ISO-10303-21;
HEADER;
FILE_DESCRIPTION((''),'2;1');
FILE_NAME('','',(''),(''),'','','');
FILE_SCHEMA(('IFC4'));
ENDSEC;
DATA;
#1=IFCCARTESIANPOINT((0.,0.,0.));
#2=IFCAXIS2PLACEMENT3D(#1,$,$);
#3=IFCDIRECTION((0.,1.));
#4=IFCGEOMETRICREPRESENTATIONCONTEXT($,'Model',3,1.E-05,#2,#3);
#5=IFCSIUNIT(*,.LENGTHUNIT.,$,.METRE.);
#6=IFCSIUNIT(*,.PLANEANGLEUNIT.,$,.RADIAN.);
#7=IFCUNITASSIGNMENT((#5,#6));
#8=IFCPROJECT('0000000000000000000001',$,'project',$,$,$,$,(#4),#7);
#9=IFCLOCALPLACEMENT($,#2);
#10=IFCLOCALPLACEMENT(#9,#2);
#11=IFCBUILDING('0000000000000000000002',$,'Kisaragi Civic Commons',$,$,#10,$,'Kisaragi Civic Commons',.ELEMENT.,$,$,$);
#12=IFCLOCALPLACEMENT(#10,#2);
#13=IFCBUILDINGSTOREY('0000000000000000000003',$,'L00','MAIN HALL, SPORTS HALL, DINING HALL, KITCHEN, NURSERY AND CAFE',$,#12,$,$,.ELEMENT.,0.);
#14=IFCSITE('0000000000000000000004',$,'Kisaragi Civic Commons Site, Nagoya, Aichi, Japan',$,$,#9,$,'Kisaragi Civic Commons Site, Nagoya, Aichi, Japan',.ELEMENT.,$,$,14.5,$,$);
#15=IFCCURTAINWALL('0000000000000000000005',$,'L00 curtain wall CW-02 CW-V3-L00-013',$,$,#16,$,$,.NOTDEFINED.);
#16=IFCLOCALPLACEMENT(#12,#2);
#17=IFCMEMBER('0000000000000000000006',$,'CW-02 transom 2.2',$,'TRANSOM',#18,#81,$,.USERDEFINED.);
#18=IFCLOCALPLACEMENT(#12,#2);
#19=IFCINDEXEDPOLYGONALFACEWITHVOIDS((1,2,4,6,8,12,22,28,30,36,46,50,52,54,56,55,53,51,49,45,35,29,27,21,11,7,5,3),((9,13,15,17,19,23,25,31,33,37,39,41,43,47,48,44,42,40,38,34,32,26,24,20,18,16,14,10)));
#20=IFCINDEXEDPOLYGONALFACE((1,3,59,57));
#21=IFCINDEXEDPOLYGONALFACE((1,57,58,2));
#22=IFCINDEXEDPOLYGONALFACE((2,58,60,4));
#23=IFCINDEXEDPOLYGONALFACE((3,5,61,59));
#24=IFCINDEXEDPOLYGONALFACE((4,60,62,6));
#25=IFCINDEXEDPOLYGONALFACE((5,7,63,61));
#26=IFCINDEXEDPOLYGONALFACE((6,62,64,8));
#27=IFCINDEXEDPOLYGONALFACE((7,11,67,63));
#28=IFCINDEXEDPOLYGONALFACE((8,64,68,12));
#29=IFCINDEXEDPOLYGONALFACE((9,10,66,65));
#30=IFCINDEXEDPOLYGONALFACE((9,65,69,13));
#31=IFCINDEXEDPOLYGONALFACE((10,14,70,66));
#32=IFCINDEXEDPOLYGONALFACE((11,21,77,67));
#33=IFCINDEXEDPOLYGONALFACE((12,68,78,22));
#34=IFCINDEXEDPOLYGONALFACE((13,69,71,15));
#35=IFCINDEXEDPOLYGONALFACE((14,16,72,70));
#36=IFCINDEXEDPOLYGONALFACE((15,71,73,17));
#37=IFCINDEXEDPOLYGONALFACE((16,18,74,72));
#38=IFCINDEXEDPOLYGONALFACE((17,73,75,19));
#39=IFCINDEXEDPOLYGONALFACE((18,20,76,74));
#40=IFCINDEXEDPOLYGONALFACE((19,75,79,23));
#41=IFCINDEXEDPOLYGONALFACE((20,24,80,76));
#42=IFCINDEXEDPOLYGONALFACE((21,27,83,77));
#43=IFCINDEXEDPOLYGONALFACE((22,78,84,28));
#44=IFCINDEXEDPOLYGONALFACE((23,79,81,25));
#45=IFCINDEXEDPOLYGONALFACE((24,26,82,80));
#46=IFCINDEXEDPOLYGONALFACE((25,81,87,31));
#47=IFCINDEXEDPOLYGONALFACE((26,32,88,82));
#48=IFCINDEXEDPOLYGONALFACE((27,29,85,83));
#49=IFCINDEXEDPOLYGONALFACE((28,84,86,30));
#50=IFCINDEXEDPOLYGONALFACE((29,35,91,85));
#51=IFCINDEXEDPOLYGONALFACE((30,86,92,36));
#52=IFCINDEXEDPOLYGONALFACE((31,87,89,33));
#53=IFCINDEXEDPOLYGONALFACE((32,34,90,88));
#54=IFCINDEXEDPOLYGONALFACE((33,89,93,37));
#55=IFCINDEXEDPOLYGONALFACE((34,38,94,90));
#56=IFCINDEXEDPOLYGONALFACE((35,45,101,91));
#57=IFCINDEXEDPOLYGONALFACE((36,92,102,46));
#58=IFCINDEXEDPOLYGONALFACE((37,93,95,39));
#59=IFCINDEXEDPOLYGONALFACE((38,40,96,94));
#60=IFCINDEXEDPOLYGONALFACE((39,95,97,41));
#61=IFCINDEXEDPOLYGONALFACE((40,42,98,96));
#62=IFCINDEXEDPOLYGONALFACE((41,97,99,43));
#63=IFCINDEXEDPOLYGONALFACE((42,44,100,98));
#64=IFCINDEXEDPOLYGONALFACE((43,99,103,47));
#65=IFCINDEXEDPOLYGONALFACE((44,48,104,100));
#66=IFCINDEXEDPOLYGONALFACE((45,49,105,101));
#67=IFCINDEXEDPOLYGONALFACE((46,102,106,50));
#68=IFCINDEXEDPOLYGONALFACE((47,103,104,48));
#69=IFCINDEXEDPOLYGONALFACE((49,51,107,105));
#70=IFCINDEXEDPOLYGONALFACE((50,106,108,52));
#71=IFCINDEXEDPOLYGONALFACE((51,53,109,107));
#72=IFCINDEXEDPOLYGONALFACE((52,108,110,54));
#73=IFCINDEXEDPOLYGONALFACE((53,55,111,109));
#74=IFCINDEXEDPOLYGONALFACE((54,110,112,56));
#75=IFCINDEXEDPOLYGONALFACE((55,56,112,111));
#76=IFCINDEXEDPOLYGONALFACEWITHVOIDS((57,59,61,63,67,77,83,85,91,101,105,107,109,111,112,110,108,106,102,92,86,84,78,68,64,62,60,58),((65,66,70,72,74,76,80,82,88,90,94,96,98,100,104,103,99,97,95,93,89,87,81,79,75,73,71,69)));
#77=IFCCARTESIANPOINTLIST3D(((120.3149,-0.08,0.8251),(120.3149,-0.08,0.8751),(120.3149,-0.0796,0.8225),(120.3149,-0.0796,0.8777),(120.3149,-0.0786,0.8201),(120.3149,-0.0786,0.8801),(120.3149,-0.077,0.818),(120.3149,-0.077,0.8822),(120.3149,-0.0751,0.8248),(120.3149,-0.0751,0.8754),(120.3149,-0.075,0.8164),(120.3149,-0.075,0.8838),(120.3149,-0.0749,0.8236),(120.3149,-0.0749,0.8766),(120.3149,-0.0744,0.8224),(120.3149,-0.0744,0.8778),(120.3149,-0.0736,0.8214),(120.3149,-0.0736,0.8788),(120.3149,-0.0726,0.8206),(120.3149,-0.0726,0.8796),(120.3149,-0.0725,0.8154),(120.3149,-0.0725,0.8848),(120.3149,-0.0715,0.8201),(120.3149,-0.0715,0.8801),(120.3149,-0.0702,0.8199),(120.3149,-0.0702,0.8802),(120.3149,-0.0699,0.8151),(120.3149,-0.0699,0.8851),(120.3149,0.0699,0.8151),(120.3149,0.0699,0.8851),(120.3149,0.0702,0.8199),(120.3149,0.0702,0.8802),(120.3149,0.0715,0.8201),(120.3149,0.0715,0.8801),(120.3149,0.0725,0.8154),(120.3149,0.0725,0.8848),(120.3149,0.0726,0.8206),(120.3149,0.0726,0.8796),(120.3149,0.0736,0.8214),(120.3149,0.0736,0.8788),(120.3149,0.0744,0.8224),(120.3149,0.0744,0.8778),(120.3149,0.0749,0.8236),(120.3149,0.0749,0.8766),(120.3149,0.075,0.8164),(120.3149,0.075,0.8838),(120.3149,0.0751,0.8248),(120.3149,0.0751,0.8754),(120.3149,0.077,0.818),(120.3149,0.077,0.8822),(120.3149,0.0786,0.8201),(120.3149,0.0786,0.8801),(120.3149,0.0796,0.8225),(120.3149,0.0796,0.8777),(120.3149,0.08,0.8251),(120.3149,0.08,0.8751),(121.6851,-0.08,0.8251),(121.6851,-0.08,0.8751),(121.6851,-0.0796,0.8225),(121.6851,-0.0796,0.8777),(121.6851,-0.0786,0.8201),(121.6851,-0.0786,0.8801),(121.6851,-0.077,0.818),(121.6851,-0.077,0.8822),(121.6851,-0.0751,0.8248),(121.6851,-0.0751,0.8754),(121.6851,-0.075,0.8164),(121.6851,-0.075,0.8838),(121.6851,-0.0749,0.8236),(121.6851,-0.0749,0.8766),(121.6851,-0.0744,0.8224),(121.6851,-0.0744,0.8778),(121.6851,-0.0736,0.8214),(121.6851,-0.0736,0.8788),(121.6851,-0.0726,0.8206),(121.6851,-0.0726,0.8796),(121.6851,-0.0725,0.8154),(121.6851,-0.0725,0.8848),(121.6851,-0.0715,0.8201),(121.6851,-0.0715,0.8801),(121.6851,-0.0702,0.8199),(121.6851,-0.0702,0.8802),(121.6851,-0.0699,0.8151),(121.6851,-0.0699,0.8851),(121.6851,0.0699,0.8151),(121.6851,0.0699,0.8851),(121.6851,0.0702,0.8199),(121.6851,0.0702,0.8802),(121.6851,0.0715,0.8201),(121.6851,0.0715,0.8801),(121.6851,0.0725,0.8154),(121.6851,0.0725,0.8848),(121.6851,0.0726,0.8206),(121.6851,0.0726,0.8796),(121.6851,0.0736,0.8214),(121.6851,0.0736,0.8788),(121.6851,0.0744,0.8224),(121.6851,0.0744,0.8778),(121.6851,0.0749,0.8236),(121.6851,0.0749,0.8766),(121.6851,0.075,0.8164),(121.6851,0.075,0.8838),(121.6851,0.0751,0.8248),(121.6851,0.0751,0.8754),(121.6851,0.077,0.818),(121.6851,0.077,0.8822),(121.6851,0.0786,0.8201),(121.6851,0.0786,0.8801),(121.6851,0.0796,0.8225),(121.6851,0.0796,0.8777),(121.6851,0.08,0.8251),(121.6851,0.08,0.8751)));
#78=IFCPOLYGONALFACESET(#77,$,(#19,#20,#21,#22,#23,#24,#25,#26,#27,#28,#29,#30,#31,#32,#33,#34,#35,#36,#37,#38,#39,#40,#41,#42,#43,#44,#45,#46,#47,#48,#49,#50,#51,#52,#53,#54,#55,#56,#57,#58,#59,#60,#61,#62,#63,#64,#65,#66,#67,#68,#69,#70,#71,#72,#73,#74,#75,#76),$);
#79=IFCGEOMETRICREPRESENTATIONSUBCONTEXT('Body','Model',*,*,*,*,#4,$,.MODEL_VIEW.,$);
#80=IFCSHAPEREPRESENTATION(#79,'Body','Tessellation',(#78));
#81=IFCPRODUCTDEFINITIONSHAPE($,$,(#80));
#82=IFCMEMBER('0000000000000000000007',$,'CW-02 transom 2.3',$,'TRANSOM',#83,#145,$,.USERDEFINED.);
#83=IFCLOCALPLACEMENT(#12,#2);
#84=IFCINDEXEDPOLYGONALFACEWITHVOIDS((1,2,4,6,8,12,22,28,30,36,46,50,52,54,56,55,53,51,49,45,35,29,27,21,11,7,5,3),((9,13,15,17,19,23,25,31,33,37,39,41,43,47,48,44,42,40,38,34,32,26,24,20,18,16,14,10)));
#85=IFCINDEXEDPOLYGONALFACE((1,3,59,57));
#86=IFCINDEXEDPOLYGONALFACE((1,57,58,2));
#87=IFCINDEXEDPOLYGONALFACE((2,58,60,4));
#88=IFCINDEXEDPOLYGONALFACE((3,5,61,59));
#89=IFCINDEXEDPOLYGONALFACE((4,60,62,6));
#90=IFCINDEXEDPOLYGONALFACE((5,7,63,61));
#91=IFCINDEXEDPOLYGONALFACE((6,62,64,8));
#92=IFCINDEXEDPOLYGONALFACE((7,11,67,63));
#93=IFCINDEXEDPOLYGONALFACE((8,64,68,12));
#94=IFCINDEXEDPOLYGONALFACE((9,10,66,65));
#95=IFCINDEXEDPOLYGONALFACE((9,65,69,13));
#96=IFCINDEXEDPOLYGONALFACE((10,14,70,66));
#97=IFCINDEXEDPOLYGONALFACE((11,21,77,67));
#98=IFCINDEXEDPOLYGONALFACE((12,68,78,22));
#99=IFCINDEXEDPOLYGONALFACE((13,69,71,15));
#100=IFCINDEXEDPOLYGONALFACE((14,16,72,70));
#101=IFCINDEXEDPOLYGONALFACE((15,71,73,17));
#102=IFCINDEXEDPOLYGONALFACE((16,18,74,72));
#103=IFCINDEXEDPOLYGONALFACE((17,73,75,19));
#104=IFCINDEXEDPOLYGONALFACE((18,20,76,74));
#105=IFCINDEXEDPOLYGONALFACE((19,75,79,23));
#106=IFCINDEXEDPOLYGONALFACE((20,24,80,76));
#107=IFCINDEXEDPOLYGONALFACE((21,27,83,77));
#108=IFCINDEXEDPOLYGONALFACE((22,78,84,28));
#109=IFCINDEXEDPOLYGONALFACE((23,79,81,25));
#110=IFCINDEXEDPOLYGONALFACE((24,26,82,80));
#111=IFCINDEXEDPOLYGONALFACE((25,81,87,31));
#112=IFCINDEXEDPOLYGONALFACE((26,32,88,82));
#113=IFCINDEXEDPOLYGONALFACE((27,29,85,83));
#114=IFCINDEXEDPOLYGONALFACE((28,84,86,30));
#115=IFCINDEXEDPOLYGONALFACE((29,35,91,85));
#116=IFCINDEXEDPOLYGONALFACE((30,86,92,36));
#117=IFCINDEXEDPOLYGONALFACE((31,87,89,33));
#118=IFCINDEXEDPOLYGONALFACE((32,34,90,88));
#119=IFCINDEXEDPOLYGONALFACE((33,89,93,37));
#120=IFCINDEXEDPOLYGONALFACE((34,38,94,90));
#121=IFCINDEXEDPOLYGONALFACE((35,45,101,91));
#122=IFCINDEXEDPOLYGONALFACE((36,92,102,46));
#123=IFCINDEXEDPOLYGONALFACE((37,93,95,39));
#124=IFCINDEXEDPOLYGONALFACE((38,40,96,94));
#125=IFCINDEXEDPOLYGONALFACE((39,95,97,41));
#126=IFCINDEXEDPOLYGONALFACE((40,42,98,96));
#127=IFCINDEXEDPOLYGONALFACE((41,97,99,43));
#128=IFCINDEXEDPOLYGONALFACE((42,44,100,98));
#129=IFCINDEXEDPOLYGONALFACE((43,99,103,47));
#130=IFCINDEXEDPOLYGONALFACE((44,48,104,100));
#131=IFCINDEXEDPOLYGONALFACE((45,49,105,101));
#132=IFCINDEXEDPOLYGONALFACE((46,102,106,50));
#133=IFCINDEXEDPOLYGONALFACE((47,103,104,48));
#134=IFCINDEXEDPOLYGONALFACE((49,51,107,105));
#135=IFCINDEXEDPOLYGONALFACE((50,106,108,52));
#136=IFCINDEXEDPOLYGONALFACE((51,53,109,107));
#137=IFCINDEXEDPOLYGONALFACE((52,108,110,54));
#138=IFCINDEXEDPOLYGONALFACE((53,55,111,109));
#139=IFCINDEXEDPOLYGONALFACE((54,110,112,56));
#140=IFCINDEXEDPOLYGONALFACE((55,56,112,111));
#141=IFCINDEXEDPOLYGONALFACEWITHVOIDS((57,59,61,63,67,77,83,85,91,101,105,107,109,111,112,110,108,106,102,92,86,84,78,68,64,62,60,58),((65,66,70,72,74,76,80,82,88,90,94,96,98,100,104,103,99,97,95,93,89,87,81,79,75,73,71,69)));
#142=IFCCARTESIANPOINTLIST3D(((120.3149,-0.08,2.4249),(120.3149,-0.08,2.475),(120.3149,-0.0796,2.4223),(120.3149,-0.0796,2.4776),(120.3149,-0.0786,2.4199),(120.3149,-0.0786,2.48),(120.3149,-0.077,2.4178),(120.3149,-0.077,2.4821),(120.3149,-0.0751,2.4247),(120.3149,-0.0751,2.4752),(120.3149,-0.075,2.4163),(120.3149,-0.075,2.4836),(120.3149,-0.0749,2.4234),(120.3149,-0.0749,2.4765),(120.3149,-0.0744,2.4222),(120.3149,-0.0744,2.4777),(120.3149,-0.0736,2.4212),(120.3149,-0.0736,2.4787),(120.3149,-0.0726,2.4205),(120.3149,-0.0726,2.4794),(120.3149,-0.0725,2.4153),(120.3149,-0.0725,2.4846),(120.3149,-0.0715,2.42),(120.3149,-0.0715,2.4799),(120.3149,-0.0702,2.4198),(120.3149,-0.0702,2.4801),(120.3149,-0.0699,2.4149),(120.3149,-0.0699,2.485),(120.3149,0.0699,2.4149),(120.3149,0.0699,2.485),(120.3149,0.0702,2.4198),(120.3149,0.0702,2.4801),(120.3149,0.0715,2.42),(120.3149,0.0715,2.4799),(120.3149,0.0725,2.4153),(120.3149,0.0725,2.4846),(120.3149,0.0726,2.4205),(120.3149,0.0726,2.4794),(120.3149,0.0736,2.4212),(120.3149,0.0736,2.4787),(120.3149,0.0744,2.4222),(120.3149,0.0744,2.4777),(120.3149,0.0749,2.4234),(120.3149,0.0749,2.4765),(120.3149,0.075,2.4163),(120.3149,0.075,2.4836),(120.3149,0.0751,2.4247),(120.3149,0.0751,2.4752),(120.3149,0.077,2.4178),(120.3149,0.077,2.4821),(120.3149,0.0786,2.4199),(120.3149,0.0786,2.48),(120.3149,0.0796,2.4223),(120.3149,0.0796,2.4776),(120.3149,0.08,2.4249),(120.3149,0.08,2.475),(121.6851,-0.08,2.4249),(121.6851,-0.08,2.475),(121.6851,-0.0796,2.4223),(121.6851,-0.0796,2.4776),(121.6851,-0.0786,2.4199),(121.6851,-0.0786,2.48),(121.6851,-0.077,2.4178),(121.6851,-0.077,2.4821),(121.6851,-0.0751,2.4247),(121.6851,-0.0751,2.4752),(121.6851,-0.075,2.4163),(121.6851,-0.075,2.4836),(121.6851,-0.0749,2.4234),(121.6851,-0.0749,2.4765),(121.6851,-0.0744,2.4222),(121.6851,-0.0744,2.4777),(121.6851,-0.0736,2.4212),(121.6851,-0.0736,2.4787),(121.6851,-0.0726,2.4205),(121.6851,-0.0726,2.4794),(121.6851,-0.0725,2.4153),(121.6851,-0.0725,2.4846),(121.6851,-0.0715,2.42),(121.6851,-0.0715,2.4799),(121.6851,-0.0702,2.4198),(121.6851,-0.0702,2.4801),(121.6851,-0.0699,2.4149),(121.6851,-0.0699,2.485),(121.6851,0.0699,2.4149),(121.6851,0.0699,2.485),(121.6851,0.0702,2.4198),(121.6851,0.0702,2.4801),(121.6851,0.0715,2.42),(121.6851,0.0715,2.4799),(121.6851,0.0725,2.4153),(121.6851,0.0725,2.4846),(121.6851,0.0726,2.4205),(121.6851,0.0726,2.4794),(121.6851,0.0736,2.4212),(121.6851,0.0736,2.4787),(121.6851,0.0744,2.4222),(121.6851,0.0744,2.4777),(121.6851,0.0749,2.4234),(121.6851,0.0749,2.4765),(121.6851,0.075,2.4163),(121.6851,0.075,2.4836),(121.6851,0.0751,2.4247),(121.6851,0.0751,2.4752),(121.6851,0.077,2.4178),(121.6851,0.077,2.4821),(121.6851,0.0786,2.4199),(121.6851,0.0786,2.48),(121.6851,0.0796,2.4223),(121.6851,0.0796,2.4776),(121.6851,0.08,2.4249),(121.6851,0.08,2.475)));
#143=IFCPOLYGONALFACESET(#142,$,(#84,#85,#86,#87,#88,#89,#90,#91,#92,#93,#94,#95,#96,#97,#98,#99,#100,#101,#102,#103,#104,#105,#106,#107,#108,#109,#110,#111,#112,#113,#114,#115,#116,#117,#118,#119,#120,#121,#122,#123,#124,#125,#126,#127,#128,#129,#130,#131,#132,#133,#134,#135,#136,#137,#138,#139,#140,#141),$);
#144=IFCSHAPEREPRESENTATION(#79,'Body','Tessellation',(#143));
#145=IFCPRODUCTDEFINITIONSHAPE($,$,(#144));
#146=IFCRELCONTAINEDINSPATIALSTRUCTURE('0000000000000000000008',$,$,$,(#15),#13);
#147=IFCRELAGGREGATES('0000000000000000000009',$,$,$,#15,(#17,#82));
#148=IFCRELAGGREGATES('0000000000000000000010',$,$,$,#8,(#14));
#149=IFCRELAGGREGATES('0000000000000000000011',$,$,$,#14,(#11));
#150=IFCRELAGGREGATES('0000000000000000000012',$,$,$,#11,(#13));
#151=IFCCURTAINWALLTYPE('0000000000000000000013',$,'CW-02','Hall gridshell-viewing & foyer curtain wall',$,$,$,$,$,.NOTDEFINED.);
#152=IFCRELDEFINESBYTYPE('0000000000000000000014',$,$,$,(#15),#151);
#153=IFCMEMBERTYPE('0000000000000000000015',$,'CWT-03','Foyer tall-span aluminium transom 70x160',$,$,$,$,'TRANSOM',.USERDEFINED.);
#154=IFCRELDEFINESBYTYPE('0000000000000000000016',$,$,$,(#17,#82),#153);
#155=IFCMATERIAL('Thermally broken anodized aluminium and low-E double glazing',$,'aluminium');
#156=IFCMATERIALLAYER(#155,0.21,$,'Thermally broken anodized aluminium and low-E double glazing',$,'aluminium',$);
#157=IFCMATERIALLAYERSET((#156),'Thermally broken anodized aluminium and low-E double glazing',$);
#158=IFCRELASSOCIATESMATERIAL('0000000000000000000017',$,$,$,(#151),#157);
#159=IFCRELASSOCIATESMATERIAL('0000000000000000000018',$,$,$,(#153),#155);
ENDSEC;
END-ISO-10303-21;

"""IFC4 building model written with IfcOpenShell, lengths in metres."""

from ifc_helpers import new_model, si_unit, direction, frame, origin, origin_2d, place, context, subcontext, project, spatial, hollow_rectangle, extrude, material, layer, layer_set, material_profile, profile_set, type_object, element, aggregate, save


model = new_model("IFC4")

# Units and contexts
model_context = context("Model", 3, precision=1e-05, world=origin(), true_north=direction((0.0, 1.0)))
body_context = subcontext(model_context, "Body", "Model", "MODEL_VIEW")
ifc_project = project(units=[si_unit("LENGTHUNIT", "METRE"), si_unit("PLANEANGLEUNIT", "RADIAN")], contexts=[model_context])

# Site, building, storey
site_placement = place(None, origin())
site = spatial("IfcSite", under=ifc_project, at=site_placement, Name="Kisaragi Civic Commons Site, Nagoya, Aichi, Japan", LongName="Kisaragi Civic Commons Site, Nagoya, Aichi, Japan", CompositionType="ELEMENT", RefElevation=14.5)
building_placement = place(site_placement, origin())
building = spatial("IfcBuilding", under=site, at=building_placement, Name="Kisaragi Civic Commons", LongName="Kisaragi Civic Commons", CompositionType="ELEMENT")
storey_placement = place(building_placement, origin())
storey = spatial("IfcBuildingStorey", under=building, at=storey_placement, Name="L00", Description="MAIN HALL, SPORTS HALL, DINING HALL, KITCHEN, NURSERY AND CAFE", CompositionType="ELEMENT", Elevation=0.0)

# Curtain wall, members
ifc_material_1 = material(Name="Thermally broken anodized aluminium and low-E double glazing", Category="aluminium")
ifc_layer_1 = layer(ifc_material_1, 0.21, Name="Thermally broken anodized aluminium and low-E double glazing", Category="aluminium")
ifc_layer_set_1 = layer_set([ifc_layer_1], Name="Thermally broken anodized aluminium and low-E double glazing")
curtain_wall_type = type_object("IfcCurtainWallType", Name="CW-02", Description="Hall gridshell-viewing & foyer curtain wall", PredefinedType="NOTDEFINED", material=ifc_layer_set_1)
curtain_wall_placement = place(storey_placement, origin())
curtain_wall = element("IfcCurtainWall", 1, at=curtain_wall_placement, inside=storey, type_object=curtain_wall_type, Name="L00 curtain wall CW-02 CW-V3-L00-013", PredefinedType="NOTDEFINED")
ifc_material_profile_1 = material_profile(ifc_material_1, hollow_rectangle(XDim=0.1599, YDim=0.0701, WallThickness=0.0049, InnerFilletRadius=0.0049, OuterFilletRadius=0.01, at=origin_2d()), Name="CWT-70x160x5", Category="aluminium")
ifc_profile_set_1 = profile_set([ifc_material_profile_1], Name="Thermally broken anodized aluminium and low-E double glazing")
member_type_1 = type_object("IfcMemberType", Name="CWT-03", Description="Foyer tall-span aluminium transom 70x160", ElementType="TRANSOM", PredefinedType="USERDEFINED", material=ifc_profile_set_1)
member_1_placement = place(storey_placement, frame((121.6851, 0.0, 0.8501), z_axis=(-1.0, 0.0, 0.0), x_axis=(0.0, -1.0, 0.0)))
member_1 = element("IfcMember", 2, at=member_1_placement, type_object=member_type_1, Name="CW-02 transom 2.2", ObjectType="TRANSOM", PredefinedType="USERDEFINED", context=body_context, shape_type="SweptSolid", body=[
    extrude(hollow_rectangle(XDim=0.1599, YDim=0.0701, WallThickness=0.0049, InnerFilletRadius=0.0049, OuterFilletRadius=0.01, at=origin_2d()), origin(), (0.0, 0.0, 1.0), 1.3701),
])
member_2_placement = place(storey_placement, frame((121.6851, 0.0, 2.45), z_axis=(-1.0, 0.0, 0.0), x_axis=(0.0, -1.0, 0.0)))
member_2 = element("IfcMember", 3, at=member_2_placement, type_object=member_type_1, Name="CW-02 transom 2.3", ObjectType="TRANSOM", PredefinedType="USERDEFINED", context=body_context, shape_type="SweptSolid", body=[
    extrude(hollow_rectangle(XDim=0.1599, YDim=0.0701, WallThickness=0.0049, InnerFilletRadius=0.0049, OuterFilletRadius=0.01, at=origin_2d()), origin(), (0.0, 0.0, 1.0), 1.3701),
])

aggregate(curtain_wall, [member_1, member_2])

save(model, "model.ifc")
